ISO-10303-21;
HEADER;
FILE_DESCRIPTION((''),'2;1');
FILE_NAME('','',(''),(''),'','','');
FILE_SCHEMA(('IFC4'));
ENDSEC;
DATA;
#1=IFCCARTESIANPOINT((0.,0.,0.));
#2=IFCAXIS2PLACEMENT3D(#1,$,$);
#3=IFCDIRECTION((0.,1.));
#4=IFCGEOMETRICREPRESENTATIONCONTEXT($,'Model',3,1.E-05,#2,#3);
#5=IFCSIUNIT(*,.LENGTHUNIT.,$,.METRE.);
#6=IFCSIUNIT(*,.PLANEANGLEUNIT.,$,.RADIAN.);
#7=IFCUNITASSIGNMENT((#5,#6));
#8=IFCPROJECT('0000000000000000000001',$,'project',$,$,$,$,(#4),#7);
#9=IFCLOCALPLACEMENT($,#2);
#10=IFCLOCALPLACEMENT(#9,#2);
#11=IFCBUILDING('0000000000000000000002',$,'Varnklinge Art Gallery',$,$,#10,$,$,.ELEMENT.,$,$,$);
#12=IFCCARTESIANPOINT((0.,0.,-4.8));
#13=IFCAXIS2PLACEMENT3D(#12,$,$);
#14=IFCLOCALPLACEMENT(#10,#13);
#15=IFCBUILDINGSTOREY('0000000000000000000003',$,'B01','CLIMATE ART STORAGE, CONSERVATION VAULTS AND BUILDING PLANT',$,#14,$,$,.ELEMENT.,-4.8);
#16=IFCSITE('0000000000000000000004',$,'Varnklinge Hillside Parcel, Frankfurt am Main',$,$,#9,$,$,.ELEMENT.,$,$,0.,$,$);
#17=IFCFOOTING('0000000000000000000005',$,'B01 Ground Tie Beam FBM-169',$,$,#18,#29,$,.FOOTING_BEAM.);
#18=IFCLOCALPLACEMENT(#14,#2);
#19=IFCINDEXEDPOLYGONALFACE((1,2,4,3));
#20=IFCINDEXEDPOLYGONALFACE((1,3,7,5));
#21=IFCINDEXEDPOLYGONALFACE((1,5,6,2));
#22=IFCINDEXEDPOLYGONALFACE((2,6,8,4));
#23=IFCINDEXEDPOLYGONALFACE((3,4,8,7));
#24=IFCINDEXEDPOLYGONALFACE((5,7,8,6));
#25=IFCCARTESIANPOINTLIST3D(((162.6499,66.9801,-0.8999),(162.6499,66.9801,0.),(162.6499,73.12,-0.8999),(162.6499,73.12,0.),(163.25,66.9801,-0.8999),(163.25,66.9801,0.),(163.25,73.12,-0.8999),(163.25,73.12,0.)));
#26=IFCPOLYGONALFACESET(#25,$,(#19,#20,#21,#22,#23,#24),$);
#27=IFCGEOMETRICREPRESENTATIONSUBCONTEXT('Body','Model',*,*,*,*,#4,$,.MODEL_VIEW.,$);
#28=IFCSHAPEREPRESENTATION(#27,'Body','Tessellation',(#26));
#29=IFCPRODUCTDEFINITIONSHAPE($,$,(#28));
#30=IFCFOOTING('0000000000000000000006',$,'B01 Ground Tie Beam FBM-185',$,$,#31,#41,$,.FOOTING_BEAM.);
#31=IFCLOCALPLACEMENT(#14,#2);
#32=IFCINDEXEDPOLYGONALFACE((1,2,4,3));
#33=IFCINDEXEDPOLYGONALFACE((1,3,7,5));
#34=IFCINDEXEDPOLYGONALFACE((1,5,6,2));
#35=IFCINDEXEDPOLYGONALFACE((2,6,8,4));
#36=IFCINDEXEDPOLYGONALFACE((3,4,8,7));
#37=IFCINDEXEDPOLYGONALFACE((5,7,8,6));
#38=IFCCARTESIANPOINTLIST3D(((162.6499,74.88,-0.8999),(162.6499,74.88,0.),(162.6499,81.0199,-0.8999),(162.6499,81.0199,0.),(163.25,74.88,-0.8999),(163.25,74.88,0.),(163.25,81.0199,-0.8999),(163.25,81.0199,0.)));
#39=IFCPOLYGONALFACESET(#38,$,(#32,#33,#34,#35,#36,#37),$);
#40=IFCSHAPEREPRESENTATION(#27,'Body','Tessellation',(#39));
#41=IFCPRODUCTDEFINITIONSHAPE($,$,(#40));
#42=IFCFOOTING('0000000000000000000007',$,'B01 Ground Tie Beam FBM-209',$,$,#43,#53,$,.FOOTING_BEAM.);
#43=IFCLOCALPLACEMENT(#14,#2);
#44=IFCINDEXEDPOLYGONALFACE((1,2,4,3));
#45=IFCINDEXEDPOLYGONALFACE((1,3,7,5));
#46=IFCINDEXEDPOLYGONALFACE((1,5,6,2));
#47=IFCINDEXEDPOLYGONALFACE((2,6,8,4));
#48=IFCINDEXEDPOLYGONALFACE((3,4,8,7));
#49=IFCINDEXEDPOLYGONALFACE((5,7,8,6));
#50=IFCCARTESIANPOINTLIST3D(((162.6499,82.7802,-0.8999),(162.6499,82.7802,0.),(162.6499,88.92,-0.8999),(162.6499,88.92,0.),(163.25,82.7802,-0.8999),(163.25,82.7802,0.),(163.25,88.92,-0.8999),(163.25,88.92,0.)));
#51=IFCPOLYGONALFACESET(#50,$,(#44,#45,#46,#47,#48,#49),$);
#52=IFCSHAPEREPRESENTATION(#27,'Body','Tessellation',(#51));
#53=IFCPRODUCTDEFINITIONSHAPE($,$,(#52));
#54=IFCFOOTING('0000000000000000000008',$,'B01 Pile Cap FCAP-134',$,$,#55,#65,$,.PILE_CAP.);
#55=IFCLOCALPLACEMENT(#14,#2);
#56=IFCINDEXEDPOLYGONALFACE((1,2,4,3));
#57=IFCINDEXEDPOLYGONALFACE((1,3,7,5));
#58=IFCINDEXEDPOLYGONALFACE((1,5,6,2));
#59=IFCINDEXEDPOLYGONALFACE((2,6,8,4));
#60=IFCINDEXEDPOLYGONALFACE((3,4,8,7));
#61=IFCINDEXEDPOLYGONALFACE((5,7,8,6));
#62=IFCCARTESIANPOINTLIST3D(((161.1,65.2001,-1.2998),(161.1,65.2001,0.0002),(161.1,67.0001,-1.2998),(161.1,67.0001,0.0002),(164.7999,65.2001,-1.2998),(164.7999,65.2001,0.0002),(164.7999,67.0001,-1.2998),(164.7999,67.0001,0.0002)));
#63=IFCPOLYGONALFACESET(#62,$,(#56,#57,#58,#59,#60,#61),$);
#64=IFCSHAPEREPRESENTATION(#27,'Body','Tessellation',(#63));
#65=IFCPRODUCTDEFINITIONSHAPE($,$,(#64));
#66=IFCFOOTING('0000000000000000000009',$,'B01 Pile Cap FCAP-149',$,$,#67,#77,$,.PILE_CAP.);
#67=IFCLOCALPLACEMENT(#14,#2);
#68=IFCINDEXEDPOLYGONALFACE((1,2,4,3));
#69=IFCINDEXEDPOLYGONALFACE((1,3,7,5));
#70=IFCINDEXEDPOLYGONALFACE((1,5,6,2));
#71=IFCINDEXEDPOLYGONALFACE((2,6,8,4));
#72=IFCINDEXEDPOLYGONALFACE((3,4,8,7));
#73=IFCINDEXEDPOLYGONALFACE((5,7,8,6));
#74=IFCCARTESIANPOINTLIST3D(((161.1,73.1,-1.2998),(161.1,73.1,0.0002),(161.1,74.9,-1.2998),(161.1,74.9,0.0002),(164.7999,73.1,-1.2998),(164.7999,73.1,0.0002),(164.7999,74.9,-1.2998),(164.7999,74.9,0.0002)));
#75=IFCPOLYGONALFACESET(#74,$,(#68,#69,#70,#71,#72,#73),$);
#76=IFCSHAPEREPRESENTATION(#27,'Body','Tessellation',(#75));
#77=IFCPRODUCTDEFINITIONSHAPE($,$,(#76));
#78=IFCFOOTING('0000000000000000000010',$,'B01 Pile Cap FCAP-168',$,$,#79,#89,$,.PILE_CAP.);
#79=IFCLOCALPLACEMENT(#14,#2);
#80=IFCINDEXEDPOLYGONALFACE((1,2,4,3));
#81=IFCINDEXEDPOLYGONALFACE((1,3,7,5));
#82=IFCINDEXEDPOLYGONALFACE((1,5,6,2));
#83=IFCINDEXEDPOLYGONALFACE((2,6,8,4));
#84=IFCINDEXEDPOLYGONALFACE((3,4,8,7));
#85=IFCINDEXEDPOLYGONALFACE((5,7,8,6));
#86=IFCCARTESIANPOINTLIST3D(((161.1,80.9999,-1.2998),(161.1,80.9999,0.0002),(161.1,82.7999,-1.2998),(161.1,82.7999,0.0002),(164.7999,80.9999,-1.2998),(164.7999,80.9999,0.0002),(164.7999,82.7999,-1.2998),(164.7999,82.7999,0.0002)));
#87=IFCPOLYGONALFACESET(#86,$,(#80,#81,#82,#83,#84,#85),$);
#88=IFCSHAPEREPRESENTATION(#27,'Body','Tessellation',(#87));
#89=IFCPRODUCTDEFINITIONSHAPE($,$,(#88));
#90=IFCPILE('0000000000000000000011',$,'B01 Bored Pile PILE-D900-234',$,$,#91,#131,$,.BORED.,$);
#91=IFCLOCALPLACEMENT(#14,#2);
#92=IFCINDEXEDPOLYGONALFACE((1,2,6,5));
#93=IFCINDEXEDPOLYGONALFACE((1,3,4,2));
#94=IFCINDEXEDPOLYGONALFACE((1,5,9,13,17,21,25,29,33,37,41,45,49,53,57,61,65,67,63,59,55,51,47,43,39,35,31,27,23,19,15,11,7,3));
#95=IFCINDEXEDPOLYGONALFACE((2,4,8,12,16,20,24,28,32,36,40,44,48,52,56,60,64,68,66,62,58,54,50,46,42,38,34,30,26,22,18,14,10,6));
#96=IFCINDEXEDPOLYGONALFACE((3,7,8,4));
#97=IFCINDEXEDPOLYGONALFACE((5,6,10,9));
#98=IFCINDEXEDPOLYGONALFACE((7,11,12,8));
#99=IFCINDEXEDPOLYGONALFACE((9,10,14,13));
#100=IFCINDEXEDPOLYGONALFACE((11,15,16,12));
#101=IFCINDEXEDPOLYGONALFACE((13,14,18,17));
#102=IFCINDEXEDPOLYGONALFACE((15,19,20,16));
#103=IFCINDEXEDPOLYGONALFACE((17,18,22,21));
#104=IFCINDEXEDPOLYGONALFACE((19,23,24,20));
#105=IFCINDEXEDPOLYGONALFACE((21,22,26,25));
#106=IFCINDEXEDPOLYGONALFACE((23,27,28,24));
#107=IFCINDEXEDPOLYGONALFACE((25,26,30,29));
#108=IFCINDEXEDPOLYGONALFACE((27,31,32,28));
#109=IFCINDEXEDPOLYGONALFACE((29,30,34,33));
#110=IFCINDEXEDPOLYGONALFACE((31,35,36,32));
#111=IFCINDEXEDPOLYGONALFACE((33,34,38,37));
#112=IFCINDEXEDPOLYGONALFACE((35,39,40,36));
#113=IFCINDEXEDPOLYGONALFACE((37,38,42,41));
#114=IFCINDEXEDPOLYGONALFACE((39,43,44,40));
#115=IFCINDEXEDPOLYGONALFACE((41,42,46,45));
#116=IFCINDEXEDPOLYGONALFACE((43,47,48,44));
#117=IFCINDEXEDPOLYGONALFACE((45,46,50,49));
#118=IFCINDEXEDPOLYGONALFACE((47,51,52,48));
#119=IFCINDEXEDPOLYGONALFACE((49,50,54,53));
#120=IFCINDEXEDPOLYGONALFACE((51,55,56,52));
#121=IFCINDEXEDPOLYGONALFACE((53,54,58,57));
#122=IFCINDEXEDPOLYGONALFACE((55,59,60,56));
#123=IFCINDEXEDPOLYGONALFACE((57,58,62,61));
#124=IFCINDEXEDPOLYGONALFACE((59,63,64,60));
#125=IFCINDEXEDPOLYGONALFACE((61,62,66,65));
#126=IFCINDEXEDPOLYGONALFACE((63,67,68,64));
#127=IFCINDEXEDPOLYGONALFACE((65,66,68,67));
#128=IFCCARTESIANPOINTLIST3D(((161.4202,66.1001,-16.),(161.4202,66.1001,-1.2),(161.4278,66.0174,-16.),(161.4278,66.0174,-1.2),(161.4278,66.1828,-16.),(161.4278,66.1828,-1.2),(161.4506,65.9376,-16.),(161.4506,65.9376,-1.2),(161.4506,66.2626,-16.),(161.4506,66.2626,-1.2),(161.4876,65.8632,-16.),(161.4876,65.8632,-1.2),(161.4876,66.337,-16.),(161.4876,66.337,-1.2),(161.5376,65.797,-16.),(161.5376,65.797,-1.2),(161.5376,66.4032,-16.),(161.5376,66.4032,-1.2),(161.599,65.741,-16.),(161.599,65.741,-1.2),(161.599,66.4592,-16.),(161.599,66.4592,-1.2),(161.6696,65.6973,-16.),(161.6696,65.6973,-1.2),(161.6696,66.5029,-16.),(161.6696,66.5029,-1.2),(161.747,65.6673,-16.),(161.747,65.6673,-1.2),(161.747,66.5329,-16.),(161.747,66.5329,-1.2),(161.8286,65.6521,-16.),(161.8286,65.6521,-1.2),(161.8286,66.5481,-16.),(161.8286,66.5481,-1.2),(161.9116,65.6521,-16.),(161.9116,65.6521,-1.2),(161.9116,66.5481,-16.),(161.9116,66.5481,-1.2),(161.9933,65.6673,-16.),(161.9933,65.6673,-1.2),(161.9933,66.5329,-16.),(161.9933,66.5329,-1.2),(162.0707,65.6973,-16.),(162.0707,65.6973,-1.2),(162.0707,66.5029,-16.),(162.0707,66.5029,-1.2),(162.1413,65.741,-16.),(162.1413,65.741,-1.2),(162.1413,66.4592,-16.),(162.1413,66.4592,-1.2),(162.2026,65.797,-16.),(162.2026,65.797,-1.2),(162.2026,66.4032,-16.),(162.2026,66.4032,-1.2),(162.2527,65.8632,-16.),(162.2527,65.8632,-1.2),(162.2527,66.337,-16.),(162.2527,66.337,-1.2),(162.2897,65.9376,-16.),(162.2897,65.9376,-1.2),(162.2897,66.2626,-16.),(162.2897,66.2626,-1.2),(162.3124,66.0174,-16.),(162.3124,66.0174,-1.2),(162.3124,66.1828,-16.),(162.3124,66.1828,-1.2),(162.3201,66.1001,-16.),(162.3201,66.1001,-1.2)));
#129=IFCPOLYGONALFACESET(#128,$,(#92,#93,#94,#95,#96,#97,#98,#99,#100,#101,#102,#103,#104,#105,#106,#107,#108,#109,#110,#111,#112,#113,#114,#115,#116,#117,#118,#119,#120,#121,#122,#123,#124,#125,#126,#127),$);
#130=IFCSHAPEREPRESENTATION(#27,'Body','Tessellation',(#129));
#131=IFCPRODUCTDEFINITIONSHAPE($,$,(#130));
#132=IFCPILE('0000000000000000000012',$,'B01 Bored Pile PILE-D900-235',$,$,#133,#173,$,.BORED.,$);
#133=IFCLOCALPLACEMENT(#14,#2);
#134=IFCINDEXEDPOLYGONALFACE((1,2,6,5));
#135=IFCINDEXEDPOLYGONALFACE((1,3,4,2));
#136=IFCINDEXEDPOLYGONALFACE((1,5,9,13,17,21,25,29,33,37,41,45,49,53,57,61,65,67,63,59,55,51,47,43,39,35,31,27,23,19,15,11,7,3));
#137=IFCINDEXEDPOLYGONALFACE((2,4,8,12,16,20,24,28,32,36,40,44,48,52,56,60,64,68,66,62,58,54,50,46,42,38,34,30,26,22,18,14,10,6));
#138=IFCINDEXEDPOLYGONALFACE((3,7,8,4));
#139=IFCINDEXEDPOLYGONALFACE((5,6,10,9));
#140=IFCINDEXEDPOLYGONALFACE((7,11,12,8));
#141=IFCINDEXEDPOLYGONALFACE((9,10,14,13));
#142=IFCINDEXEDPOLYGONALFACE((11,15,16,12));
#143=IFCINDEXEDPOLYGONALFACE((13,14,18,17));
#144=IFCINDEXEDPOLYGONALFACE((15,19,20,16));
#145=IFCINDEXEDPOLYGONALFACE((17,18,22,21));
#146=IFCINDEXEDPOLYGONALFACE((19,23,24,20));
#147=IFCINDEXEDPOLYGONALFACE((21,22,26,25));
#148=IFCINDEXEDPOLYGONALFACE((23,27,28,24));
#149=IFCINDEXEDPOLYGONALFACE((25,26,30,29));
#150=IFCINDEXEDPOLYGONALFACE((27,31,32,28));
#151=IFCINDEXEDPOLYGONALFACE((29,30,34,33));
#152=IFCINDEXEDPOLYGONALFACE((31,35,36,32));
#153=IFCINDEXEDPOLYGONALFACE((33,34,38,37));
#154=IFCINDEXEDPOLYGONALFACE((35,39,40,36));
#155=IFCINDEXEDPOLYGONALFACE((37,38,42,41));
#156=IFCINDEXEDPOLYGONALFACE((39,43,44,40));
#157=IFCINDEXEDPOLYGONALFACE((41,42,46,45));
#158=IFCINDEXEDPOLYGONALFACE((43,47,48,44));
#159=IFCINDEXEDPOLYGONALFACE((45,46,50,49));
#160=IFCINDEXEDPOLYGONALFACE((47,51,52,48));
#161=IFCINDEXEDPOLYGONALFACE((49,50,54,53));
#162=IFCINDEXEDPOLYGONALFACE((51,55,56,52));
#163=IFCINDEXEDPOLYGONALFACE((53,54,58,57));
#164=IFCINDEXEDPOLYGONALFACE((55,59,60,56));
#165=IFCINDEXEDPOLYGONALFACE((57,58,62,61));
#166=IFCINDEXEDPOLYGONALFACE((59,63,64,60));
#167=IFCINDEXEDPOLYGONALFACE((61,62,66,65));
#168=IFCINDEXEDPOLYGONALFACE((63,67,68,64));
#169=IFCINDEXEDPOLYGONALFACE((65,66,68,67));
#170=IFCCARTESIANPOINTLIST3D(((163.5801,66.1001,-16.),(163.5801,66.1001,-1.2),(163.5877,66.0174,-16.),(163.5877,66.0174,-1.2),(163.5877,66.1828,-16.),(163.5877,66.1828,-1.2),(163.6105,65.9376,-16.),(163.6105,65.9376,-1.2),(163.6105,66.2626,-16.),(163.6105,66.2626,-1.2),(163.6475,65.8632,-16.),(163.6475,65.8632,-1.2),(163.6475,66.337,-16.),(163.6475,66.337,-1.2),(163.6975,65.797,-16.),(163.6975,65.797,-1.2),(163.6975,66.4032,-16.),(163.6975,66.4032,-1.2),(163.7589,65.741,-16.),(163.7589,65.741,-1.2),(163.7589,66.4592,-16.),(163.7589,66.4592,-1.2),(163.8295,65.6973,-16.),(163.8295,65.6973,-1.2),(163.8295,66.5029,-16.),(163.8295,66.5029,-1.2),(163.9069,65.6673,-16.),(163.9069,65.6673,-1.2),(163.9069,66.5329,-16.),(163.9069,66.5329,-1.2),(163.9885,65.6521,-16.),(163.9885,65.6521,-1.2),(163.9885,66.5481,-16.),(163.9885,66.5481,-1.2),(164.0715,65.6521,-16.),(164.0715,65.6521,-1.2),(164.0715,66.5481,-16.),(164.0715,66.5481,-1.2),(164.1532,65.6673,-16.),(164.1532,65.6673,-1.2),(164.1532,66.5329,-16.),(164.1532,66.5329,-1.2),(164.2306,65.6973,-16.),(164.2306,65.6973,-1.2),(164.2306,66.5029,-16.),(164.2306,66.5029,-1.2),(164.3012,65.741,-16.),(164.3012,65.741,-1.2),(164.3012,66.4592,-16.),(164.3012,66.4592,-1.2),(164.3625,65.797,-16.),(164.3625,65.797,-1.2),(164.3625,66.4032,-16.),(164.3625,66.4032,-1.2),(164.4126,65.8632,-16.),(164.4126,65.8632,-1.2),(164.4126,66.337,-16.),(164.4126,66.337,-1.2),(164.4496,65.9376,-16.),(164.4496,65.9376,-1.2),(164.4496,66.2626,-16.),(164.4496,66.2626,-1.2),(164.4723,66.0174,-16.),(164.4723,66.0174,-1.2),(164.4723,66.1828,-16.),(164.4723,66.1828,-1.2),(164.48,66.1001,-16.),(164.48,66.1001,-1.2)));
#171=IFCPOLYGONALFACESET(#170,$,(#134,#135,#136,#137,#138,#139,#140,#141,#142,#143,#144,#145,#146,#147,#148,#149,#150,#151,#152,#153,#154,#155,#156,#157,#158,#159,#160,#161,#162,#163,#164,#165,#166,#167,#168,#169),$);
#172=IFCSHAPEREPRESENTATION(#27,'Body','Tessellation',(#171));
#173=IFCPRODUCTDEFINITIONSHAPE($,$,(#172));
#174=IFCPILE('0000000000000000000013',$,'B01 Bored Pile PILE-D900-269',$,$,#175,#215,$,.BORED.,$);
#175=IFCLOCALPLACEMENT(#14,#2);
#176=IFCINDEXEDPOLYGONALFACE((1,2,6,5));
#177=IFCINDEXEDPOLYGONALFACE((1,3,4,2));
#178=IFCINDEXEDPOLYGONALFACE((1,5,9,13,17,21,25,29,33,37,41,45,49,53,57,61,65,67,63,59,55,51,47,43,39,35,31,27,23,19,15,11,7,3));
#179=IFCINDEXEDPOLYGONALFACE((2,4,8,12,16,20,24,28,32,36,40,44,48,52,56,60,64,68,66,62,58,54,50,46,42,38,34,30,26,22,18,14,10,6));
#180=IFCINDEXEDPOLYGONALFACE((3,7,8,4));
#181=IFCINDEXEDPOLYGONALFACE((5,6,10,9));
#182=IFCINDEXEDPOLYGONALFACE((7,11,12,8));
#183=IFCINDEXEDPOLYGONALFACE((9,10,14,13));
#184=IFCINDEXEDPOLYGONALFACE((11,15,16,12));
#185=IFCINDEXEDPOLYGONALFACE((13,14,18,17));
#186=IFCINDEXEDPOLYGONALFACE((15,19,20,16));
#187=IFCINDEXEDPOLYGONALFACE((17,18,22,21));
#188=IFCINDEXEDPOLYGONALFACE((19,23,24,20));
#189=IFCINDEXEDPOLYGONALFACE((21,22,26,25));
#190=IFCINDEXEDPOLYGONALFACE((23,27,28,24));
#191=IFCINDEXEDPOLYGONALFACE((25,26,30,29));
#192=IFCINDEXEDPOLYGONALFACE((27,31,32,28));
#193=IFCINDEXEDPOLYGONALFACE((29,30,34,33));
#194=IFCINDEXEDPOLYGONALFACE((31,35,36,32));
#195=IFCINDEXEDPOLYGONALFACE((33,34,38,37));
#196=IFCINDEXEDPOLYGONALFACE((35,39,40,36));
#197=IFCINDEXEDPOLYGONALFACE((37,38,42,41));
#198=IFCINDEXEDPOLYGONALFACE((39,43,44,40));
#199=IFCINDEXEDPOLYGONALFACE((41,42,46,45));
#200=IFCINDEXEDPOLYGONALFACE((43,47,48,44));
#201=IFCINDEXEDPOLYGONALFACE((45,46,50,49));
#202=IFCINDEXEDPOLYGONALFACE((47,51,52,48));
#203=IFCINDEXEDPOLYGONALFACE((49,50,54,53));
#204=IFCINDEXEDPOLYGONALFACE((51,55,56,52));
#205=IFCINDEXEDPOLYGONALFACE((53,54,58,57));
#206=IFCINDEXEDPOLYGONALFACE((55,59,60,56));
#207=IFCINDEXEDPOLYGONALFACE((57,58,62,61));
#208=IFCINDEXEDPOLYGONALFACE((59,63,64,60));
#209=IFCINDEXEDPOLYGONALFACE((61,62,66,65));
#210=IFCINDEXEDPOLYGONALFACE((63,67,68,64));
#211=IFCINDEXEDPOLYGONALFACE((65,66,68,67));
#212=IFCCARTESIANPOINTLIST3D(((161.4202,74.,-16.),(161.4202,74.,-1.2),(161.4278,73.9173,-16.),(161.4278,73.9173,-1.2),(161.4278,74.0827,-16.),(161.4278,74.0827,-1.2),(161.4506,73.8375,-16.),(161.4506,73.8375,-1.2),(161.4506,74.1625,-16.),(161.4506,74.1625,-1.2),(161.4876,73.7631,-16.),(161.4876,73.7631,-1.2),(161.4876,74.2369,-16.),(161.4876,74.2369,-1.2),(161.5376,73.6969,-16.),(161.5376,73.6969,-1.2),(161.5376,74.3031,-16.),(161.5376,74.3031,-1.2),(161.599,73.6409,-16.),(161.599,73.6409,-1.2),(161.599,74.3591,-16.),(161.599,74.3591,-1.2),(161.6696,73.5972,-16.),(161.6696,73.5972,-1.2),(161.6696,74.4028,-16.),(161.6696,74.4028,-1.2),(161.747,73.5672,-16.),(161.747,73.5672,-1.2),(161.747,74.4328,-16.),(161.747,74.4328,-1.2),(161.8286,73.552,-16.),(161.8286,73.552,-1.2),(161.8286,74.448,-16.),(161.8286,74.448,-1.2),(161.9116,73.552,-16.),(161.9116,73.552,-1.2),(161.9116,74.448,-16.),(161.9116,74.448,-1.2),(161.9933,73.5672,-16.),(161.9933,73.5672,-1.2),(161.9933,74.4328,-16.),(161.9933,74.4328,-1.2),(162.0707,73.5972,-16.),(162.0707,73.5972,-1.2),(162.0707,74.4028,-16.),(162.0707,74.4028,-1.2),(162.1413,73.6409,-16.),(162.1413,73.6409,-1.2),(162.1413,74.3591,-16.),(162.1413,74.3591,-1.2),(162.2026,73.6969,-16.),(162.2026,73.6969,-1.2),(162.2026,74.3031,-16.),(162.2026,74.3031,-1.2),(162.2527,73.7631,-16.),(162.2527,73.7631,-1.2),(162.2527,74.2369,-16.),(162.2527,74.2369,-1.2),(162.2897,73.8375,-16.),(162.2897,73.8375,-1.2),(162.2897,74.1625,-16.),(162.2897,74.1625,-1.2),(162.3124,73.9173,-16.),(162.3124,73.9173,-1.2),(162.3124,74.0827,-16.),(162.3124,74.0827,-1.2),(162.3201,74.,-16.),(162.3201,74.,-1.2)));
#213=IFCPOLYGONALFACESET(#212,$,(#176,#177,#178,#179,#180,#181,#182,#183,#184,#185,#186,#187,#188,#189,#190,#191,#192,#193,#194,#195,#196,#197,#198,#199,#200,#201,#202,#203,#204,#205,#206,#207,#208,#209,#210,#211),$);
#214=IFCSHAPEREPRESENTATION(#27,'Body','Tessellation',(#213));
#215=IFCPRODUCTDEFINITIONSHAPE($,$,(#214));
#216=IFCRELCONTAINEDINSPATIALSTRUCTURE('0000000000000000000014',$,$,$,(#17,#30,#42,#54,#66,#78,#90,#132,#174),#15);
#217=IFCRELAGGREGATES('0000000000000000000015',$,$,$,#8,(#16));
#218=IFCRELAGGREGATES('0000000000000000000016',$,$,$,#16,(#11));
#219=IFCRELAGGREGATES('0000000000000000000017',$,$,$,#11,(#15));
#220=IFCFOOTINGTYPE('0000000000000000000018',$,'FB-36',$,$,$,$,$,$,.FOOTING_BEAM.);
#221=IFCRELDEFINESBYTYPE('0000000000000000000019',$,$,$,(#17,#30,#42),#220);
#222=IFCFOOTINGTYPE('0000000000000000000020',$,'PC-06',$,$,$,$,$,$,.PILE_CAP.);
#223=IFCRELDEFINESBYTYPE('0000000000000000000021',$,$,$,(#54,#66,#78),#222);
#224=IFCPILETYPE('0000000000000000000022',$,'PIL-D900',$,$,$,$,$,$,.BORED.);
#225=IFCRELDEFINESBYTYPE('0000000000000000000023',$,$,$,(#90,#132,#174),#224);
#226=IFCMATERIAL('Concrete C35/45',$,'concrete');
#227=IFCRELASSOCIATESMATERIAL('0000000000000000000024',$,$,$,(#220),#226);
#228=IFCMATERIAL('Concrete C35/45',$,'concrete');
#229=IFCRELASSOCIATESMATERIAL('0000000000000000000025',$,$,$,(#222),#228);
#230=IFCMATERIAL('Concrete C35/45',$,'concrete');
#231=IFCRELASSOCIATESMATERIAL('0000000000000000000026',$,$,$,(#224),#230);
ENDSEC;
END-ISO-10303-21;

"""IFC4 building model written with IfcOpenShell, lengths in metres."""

from ifc_helpers import new_model, si_unit, direction, frame, origin, origin_2d, place, context, subcontext, project, spatial, rectangle, circle, extrude, material, material_profile, profile_set, type_object, element, save


model = new_model("IFC4")

# Units and contexts
model_context = context("Model", 3, precision=1e-05, world=origin(), true_north=direction((0.0, 1.0)))
body_context = subcontext(model_context, "Body", "Model", "MODEL_VIEW")
ifc_project = project(units=[si_unit("LENGTHUNIT", "METRE"), si_unit("PLANEANGLEUNIT", "RADIAN")], contexts=[model_context])

# Site, building, storey
site_placement = place(None, origin())
site = spatial("IfcSite", under=ifc_project, at=site_placement, Name="Varnklinge Hillside Parcel, Frankfurt am Main", CompositionType="ELEMENT", RefElevation=0.0)
building_placement = place(site_placement, origin())
building = spatial("IfcBuilding", under=site, at=building_placement, Name="Varnklinge Art Gallery", CompositionType="ELEMENT")
storey_placement = place(building_placement, frame((0.0, 0.0, -4.8)))
storey = spatial("IfcBuildingStorey", under=building, at=storey_placement, Name="B01", Description="CLIMATE ART STORAGE, CONSERVATION VAULTS AND BUILDING PLANT", CompositionType="ELEMENT", Elevation=-4.8)

# Footings
ifc_material_1 = material(Name="Concrete C35/45", Category="concrete")
footing_type_1 = type_object("IfcFootingType", Name="FB-36", PredefinedType="FOOTING_BEAM", material=ifc_material_1)
for number, where, z_axis, x_axis, name in (
    (1, (162.95, 70.05, -0.8999), (0.0, 0.0, 1.0), (0.0, 1.0, 0.0), "B01 Ground Tie Beam FBM-169"),
    (2, (162.95, 77.95, -0.8999), (0.0, 0.0, 1.0), (0.0, 1.0, 0.0), "B01 Ground Tie Beam FBM-185"),
    (3, (162.95, 85.8501, -0.8999), (0.0, 0.0, 1.0), (0.0, 1.0, 0.0), "B01 Ground Tie Beam FBM-209"),
):
    element("IfcFooting", number, at=place(storey_placement, frame(where, z_axis=z_axis, x_axis=x_axis)), inside=storey, type_object=footing_type_1, Name=name, PredefinedType="FOOTING_BEAM", context=body_context, shape_type="SweptSolid", body=[
        extrude(rectangle(XDim=6.1399, YDim=0.6001, at=origin_2d()), origin(), (0.0, 0.0, 1.0), 0.8999),
    ])
ifc_material_2 = material(Name="Concrete C35/45", Category="concrete")
footing_type_2 = type_object("IfcFootingType", Name="PC-06", PredefinedType="PILE_CAP", material=ifc_material_2)
for number, where, z_axis, x_axis, name in (
    (4, (162.95, 66.1001, -1.2998), (0.0, 0.0, 1.0), (1.0, 0.0, 0.0), "B01 Pile Cap FCAP-134"),
    (5, (162.95, 74.0, -1.2998), (0.0, 0.0, 1.0), (1.0, 0.0, 0.0), "B01 Pile Cap FCAP-149"),
    (6, (162.95, 81.8999, -1.2998), (0.0, 0.0, 1.0), (1.0, 0.0, 0.0), "B01 Pile Cap FCAP-168"),
):
    element("IfcFooting", number, at=place(storey_placement, frame(where, z_axis=z_axis, x_axis=x_axis)), inside=storey, type_object=footing_type_2, Name=name, PredefinedType="PILE_CAP", context=body_context, shape_type="SweptSolid", body=[
        extrude(rectangle(XDim=3.7, YDim=1.8, at=origin_2d()), origin(), (0.0, 0.0, 1.0), 1.3),
    ])

# Piles
ifc_material_3 = material(Name="Concrete C35/45", Category="concrete")
ifc_material_profile_1 = material_profile(ifc_material_3, circle(Radius=0.45, at=origin_2d()), Name="PILE D900")
ifc_profile_set_1 = profile_set([ifc_material_profile_1], Name="Concrete C35/45")
pile_type = type_object("IfcPileType", Name="PIL-D900", PredefinedType="BORED", material=ifc_profile_set_1)
for number, where, z_axis, x_axis, name in (
    (7, (161.8701, 66.1001, -1.2), (0.0, 0.0, -1.0), (1.0, 0.0, 0.0), "B01 Bored Pile PILE-D900-234"),
    (8, (164.03, 66.1001, -1.2), (0.0, 0.0, -1.0), (1.0, 0.0, 0.0), "B01 Bored Pile PILE-D900-235"),
    (9, (161.8701, 74.0, -1.2), (0.0, 0.0, -1.0), (1.0, 0.0, 0.0), "B01 Bored Pile PILE-D900-269"),
):
    element("IfcPile", number, at=place(storey_placement, frame(where, z_axis=z_axis, x_axis=x_axis)), inside=storey, type_object=pile_type, Name=name, PredefinedType="BORED", context=body_context, shape_type="SweptSolid", body=[
        extrude(circle(Radius=0.45, at=origin_2d()), origin(), (0.0, 0.0, 1.0), 14.8),
    ])

save(model, "model.ifc")
